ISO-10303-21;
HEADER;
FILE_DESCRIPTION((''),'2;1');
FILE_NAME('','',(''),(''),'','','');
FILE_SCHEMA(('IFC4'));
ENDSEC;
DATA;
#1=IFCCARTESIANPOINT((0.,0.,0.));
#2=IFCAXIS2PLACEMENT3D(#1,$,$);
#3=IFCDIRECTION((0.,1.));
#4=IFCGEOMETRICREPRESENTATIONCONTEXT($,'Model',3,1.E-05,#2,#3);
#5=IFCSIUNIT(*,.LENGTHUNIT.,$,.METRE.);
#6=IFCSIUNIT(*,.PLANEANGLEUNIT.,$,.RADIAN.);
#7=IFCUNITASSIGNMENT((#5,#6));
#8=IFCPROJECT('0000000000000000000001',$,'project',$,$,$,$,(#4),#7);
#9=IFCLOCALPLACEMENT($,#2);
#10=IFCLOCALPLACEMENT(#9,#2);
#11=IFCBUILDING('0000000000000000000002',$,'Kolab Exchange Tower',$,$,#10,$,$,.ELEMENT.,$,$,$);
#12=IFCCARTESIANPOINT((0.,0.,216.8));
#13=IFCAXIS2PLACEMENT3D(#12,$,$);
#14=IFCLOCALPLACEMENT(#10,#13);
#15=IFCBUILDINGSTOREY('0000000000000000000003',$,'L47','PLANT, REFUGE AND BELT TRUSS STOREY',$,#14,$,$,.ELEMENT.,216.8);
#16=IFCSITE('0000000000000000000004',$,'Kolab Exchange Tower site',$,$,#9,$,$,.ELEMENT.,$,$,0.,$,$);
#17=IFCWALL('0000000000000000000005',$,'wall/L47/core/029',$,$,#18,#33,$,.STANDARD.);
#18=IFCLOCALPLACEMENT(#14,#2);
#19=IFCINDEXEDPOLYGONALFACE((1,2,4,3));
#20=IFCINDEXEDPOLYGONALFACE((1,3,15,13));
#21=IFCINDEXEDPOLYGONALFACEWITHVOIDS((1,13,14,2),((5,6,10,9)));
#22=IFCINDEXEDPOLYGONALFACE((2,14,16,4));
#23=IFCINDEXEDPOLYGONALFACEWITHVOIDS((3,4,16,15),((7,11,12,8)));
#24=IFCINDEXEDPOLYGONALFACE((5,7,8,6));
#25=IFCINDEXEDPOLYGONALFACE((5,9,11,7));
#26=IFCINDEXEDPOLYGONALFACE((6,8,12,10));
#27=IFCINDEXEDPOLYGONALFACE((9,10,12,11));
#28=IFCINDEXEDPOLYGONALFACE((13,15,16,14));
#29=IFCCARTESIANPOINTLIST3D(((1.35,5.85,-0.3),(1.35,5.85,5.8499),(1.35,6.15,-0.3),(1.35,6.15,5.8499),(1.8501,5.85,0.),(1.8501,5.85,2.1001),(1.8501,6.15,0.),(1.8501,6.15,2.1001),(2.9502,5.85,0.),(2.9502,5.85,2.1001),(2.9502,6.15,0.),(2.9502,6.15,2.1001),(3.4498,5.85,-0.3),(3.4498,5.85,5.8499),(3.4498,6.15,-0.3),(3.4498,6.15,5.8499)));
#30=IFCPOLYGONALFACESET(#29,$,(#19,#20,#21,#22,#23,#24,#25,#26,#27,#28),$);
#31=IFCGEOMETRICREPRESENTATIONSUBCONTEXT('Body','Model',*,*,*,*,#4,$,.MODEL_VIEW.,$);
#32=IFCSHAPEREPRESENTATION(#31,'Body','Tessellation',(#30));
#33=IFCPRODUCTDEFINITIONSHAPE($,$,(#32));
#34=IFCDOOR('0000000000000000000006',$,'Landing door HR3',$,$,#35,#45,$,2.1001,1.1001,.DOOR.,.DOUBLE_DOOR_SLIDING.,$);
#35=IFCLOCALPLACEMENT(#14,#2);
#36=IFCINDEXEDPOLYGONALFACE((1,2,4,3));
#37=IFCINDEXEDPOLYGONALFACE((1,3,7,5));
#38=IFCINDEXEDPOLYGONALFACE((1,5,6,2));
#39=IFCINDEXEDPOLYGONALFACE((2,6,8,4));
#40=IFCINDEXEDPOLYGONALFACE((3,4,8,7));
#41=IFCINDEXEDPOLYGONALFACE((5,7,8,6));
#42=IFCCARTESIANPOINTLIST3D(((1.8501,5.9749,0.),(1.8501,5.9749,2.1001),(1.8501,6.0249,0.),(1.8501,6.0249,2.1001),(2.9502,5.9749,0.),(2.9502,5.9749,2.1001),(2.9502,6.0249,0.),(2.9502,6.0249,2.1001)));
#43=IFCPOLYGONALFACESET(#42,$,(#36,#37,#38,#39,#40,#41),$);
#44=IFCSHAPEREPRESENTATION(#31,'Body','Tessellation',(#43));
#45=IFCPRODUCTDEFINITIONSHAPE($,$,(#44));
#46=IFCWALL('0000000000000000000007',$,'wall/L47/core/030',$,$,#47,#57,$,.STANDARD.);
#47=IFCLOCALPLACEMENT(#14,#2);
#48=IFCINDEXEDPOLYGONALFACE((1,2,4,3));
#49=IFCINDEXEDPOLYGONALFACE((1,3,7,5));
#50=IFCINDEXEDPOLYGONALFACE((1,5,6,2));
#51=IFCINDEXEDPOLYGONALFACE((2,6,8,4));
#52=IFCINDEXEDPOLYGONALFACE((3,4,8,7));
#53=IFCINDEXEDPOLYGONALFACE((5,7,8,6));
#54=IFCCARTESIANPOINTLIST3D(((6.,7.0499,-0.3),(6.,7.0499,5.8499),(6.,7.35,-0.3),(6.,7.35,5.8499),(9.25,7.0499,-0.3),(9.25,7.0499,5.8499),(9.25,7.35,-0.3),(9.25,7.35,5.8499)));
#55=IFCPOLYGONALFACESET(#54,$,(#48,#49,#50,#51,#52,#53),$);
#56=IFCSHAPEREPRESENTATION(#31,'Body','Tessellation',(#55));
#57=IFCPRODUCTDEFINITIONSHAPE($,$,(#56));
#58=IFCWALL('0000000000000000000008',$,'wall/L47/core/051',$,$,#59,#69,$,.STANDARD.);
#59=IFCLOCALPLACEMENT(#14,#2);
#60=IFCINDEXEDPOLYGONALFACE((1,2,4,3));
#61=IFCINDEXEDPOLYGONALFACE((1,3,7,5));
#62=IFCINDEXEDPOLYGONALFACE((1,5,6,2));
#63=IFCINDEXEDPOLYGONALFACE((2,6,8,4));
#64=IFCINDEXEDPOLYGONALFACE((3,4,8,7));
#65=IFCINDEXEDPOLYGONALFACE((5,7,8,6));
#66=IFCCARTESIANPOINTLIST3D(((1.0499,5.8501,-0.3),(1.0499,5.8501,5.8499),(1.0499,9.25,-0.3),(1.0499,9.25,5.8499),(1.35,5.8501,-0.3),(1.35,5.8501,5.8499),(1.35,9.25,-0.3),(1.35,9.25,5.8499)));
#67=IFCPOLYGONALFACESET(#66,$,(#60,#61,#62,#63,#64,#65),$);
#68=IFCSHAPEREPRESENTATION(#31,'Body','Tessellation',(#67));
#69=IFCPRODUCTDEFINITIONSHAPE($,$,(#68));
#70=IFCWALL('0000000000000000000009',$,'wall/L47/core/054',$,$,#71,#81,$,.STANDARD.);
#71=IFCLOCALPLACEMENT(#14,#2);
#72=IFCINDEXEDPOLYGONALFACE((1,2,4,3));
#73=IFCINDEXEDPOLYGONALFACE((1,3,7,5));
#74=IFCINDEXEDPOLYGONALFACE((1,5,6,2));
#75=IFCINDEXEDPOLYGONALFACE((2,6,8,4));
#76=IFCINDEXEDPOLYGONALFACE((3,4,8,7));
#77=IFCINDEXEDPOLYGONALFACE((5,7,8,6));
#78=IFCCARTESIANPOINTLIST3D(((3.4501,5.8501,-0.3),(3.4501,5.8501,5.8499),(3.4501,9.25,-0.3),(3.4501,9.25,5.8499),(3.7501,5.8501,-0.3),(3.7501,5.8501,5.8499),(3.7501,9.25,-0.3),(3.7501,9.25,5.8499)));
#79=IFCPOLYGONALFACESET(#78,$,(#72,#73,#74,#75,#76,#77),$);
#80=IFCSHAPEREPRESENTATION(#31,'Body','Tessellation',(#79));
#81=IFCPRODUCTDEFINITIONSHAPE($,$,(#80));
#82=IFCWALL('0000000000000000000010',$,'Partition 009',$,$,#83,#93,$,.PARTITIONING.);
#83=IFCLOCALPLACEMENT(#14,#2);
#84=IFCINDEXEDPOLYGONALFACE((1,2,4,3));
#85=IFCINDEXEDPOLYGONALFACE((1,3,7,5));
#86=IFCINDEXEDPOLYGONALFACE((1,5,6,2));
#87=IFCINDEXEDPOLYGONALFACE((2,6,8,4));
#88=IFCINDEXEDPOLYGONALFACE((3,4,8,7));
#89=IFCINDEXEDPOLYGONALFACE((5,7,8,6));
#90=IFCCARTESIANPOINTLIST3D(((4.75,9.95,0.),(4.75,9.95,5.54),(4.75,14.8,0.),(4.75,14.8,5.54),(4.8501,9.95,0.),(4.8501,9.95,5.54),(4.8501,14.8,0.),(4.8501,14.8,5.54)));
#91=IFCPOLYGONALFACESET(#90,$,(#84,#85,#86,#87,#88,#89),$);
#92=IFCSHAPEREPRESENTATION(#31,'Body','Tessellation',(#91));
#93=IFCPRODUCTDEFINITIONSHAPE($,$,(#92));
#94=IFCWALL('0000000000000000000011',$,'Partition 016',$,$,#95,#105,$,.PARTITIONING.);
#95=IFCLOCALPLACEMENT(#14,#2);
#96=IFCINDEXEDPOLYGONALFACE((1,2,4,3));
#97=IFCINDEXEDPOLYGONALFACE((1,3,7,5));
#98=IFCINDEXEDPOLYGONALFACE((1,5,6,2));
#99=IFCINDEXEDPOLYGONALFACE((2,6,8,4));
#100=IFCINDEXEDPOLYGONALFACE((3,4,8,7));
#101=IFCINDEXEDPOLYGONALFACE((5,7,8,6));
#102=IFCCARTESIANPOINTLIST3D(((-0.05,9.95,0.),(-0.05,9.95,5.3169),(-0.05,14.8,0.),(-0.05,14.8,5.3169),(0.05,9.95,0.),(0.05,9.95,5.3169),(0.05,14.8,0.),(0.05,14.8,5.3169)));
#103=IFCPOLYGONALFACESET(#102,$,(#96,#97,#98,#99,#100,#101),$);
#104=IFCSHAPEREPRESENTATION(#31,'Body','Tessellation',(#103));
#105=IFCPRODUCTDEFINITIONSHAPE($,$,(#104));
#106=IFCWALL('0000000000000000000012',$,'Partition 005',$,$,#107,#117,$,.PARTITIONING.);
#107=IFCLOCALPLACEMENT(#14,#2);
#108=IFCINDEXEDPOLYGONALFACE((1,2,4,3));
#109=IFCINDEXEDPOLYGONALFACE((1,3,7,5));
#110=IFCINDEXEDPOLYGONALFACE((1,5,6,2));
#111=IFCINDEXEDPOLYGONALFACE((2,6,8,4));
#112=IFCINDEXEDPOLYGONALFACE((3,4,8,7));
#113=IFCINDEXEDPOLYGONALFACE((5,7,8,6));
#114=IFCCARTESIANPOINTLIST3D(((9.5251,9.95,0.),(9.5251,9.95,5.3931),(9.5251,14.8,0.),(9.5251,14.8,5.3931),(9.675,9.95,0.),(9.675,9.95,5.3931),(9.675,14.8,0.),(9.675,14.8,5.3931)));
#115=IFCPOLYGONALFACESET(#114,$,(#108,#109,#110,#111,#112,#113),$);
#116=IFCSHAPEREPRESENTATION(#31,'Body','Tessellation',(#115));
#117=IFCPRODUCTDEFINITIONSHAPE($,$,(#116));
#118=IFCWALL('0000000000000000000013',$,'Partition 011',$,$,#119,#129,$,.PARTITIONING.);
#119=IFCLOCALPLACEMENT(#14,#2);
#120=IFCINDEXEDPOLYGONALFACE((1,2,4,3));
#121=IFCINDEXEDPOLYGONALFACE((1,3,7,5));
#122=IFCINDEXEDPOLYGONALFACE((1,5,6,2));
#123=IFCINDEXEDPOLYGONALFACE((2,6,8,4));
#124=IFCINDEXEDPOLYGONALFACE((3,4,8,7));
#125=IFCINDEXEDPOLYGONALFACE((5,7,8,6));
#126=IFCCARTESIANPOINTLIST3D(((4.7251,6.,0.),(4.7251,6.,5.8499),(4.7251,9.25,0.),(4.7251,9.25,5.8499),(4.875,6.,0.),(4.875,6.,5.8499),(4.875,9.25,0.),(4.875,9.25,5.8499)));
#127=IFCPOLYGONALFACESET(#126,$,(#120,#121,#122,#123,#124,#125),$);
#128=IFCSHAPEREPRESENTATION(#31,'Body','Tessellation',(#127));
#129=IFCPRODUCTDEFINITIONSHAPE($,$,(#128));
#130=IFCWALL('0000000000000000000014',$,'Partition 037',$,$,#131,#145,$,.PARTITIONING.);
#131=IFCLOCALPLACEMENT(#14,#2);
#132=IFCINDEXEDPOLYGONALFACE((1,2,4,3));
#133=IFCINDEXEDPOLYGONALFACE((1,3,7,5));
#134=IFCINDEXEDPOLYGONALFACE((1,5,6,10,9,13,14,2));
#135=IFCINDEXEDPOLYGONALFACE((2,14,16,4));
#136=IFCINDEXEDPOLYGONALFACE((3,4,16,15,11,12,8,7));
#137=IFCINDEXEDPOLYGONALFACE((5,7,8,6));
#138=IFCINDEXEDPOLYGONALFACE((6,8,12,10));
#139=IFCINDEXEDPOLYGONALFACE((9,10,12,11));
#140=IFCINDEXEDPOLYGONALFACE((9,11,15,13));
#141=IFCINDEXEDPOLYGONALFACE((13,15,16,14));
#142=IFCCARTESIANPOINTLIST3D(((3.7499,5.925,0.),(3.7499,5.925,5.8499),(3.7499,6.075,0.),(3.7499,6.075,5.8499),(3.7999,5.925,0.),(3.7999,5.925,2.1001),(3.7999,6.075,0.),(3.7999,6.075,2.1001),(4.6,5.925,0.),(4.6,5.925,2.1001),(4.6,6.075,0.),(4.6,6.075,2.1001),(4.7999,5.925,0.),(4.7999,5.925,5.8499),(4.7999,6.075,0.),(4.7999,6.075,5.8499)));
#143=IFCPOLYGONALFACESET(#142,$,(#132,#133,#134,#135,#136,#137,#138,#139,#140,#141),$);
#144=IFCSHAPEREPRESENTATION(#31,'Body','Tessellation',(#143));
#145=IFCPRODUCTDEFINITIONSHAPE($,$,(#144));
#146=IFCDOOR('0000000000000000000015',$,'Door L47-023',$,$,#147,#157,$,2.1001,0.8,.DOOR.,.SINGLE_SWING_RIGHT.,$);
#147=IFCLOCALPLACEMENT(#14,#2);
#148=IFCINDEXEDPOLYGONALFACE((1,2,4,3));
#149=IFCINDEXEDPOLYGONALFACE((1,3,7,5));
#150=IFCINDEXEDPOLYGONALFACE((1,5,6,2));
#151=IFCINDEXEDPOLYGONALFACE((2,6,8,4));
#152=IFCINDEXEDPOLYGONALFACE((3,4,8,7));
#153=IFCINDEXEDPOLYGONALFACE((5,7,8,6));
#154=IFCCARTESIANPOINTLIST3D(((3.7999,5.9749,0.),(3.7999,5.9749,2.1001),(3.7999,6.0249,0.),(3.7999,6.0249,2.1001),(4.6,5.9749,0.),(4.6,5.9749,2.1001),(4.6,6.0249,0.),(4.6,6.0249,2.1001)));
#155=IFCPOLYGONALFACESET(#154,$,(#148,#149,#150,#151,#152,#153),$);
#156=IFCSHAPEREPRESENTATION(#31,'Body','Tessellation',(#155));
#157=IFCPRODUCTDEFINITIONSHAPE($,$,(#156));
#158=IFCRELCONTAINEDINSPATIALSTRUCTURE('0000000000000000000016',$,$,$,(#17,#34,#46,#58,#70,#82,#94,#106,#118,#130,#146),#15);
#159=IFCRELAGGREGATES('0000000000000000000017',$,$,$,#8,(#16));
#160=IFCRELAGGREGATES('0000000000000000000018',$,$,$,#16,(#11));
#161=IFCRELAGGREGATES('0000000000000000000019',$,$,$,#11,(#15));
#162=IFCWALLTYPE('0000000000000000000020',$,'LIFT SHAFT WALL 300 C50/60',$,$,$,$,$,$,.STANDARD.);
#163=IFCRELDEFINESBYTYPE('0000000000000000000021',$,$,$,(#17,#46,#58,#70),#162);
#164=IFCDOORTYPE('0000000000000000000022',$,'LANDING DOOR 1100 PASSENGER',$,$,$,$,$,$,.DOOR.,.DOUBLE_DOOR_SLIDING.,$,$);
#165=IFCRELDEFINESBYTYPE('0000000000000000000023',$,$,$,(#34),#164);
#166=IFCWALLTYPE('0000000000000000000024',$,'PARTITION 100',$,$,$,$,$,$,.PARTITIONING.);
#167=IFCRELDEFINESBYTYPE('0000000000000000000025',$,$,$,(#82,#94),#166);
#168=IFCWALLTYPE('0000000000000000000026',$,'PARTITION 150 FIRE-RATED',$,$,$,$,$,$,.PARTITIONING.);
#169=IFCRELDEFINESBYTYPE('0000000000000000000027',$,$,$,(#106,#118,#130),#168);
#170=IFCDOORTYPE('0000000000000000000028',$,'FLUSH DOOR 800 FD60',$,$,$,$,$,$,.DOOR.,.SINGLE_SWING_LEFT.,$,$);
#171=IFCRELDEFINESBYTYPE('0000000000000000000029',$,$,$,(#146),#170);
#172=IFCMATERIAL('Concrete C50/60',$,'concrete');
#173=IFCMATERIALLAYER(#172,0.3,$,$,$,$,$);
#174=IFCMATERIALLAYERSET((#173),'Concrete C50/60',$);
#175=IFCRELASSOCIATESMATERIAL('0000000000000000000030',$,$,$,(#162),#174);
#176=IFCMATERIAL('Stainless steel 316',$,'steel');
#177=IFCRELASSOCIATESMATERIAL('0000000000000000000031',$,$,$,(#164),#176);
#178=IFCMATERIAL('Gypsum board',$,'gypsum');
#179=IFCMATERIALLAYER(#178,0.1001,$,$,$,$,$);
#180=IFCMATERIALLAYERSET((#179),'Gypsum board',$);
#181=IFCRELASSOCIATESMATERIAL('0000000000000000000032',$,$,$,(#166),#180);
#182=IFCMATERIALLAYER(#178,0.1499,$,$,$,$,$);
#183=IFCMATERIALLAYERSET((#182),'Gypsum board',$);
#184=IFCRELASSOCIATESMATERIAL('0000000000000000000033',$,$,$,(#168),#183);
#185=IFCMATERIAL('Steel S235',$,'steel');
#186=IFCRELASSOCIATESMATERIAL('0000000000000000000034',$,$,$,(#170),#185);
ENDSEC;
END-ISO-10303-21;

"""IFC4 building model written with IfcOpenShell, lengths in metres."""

from ifc_helpers import new_model, si_unit, direction, frame, frame_2d, origin, place, context, subcontext, project, spatial, rectangle, extrude, material, layer, layer_set, type_object, element, fill, save


model = new_model("IFC4")

# Units and contexts
model_context = context("Model", 3, precision=1e-05, world=origin(), true_north=direction((0.0, 1.0)))
body_context = subcontext(model_context, "Body", "Model", "MODEL_VIEW")
ifc_project = project(units=[si_unit("LENGTHUNIT", "METRE"), si_unit("PLANEANGLEUNIT", "RADIAN")], contexts=[model_context])

# Site, building, storey
site_placement = place(None, origin())
site = spatial("IfcSite", under=ifc_project, at=site_placement, Name="Kolab Exchange Tower site", CompositionType="ELEMENT", RefElevation=0.0)
building_placement = place(site_placement, origin())
building = spatial("IfcBuilding", under=site, at=building_placement, Name="Kolab Exchange Tower", CompositionType="ELEMENT")
storey_placement = place(building_placement, frame((0.0, 0.0, 216.8)))
storey = spatial("IfcBuildingStorey", under=building, at=storey_placement, Name="L47", Description="PLANT, REFUGE AND BELT TRUSS STOREY", CompositionType="ELEMENT", Elevation=216.8)

# Shared definitions
ifc_material_1 = material(Name="Concrete C50/60", Category="concrete")
ifc_layer_1 = layer(ifc_material_1, 0.3)
ifc_layer_set_1 = layer_set([ifc_layer_1], Name="Concrete C50/60")
wall_type_1 = type_object("IfcWallType", Name="LIFT SHAFT WALL 300 C50/60", PredefinedType="STANDARD", material=ifc_layer_set_1)

# Wall, opening, door
wall_1_placement = place(storey_placement, frame((1.3501, 6.0, -0.3), z_axis=(0.0, 0.0, 1.0), x_axis=(1.0, 0.0, 0.0)))
wall_1 = element("IfcWall", 1, at=wall_1_placement, inside=storey, type_object=wall_type_1, Name="wall/L47/core/029", PredefinedType="STANDARD", context=body_context, shape_type="SweptSolid", body=[
    extrude(rectangle(XDim=2.0999, YDim=0.3, at=frame_2d((1.0498, 0.0))), origin(), (0.0, 0.0, 1.0), 6.1499),
])
opening_1_placement = place(wall_1_placement, frame((0.5, 0.0, 0.3)))
opening_1 = element("IfcOpeningElement", 2, at=opening_1_placement, cuts=wall_1, PredefinedType="OPENING", context=body_context, shape_type="SweptSolid", body=[
    extrude(rectangle(XDim=1.1001, YDim=2.1001, at=frame_2d((0.55, 1.05))), frame((0.0, 0.1602, 0.0), z_axis=(0.0, -1.0, 0.0), x_axis=(1.0, 0.0, 0.0)), (0.0, 0.0, 1.0), 0.3201),
])
ifc_material_2 = material(Name="Stainless steel 316", Category="steel")
door_type_1 = type_object("IfcDoorType", Name="LANDING DOOR 1100 PASSENGER", OperationType="DOUBLE_DOOR_SLIDING", PredefinedType="DOOR", material=ifc_material_2)
door_1_placement = place(opening_1_placement, origin())
door_1 = element("IfcDoor", 3, at=door_1_placement, inside=storey, type_object=door_type_1, Name="Landing door HR3", OperationType="DOUBLE_DOOR_SLIDING", OverallHeight=2.1001, OverallWidth=1.1001, PredefinedType="DOOR", context=body_context, shape_type="SweptSolid", body=[
    extrude(rectangle(XDim=1.1001, YDim=2.1001, at=frame_2d((0.55, 1.05))), frame((0.0, 0.0249, 0.0), z_axis=(0.0, -1.0, 0.0), x_axis=(1.0, 0.0, 0.0)), (0.0, 0.0, 1.0), 0.05),
])
fill(opening_1, door_1)

# Walls
wall_2_placement = place(storey_placement, frame((6.0, 7.2, -0.3), z_axis=(0.0, 0.0, 1.0), x_axis=(1.0, 0.0, 0.0)))
element("IfcWall", 4, at=wall_2_placement, inside=storey, type_object=wall_type_1, Name="wall/L47/core/030", PredefinedType="STANDARD", context=body_context, shape_type="SweptSolid", body=[
    extrude(rectangle(XDim=3.25, YDim=0.3, at=frame_2d((1.625, 0.0))), origin(), (0.0, 0.0, 1.0), 6.1499),
])
for number, where, z_axis, x_axis, name in (
    (5, (1.2, 5.8501, -0.3), (0.0, 0.0, 1.0), (0.0, 1.0, 0.0), "wall/L47/core/051"),
    (6, (3.6001, 5.8501, -0.3), (0.0, 0.0, 1.0), (0.0, 1.0, 0.0), "wall/L47/core/054"),
):
    element("IfcWall", number, at=place(storey_placement, frame(where, z_axis=z_axis, x_axis=x_axis)), inside=storey, type_object=wall_type_1, Name=name, PredefinedType="STANDARD", context=body_context, shape_type="SweptSolid", body=[
        extrude(rectangle(XDim=3.3999, YDim=0.3, at=frame_2d((1.7, 0.0))), origin(), (0.0, 0.0, 1.0), 6.1499),
    ])
ifc_material_3 = material(Name="Gypsum board", Category="gypsum")
ifc_layer_2 = layer(ifc_material_3, 0.1001)
ifc_layer_set_2 = layer_set([ifc_layer_2], Name="Gypsum board")
wall_type_2 = type_object("IfcWallType", Name="PARTITION 100", PredefinedType="PARTITIONING", material=ifc_layer_set_2)
wall_3_placement = place(storey_placement, frame((4.8, 9.95, 0.0), z_axis=(0.0, 0.0, 1.0), x_axis=(0.0, 1.0, 0.0)))
element("IfcWall", 7, at=wall_3_placement, inside=storey, type_object=wall_type_2, Name="Partition 009", PredefinedType="PARTITIONING", context=body_context, shape_type="SweptSolid", body=[
    extrude(rectangle(XDim=4.8501, YDim=0.1001, at=frame_2d((2.425, 0.0))), origin(), (0.0, 0.0, 1.0), 5.54),
])
wall_4_placement = place(storey_placement, frame((0.0, 9.95, 0.0), z_axis=(0.0, 0.0, 1.0), x_axis=(0.0, 1.0, 0.0)))
element("IfcWall", 8, at=wall_4_placement, inside=storey, type_object=wall_type_2, Name="Partition 016", PredefinedType="PARTITIONING", context=body_context, shape_type="SweptSolid", body=[
    extrude(rectangle(XDim=4.8501, YDim=0.1001, at=frame_2d((2.425, 0.0))), origin(), (0.0, 0.0, 1.0), 5.3169),
])
ifc_layer_3 = layer(ifc_material_3, 0.1499)
ifc_layer_set_3 = layer_set([ifc_layer_3], Name="Gypsum board")
wall_type_3 = type_object("IfcWallType", Name="PARTITION 150 FIRE-RATED", PredefinedType="PARTITIONING", material=ifc_layer_set_3)
wall_5_placement = place(storey_placement, frame((9.6001, 9.95, 0.0), z_axis=(0.0, 0.0, 1.0), x_axis=(0.0, 1.0, 0.0)))
element("IfcWall", 9, at=wall_5_placement, inside=storey, type_object=wall_type_3, Name="Partition 005", PredefinedType="PARTITIONING", context=body_context, shape_type="SweptSolid", body=[
    extrude(rectangle(XDim=4.8501, YDim=0.1499, at=frame_2d((2.425, 0.0))), origin(), (0.0, 0.0, 1.0), 5.3931),
])
wall_6_placement = place(storey_placement, frame((4.8, 6.0, 0.0), z_axis=(0.0, 0.0, 1.0), x_axis=(0.0, 1.0, 0.0)))
element("IfcWall", 10, at=wall_6_placement, inside=storey, type_object=wall_type_3, Name="Partition 011", PredefinedType="PARTITIONING", context=body_context, shape_type="SweptSolid", body=[
    extrude(rectangle(XDim=3.25, YDim=0.1499, at=frame_2d((1.625, 0.0))), origin(), (0.0, 0.0, 1.0), 5.8499),
])

# Wall, opening, door
wall_7_placement = place(storey_placement, frame((3.75, 6.0, 0.0), z_axis=(0.0, 0.0, 1.0), x_axis=(1.0, 0.0, 0.0)))
wall_7 = element("IfcWall", 11, at=wall_7_placement, inside=storey, type_object=wall_type_3, Name="Partition 037", PredefinedType="PARTITIONING", context=body_context, shape_type="SweptSolid", body=[
    extrude(rectangle(XDim=1.05, YDim=0.1499, at=frame_2d((0.5249, 0.0))), origin(), (0.0, 0.0, 1.0), 5.8499),
])
opening_2_placement = place(wall_7_placement, frame((0.05, 0.0, 0.0)))
opening_2 = element("IfcOpeningElement", 12, at=opening_2_placement, cuts=wall_7, PredefinedType="OPENING", context=body_context, shape_type="SweptSolid", body=[
    extrude(rectangle(XDim=0.8, YDim=2.1001, at=frame_2d((0.3999, 1.05))), frame((0.0, 0.085, 0.0), z_axis=(0.0, -1.0, 0.0), x_axis=(1.0, 0.0, 0.0)), (0.0, 0.0, 1.0), 0.1699),
])
ifc_material_4 = material(Name="Steel S235", Category="steel")
door_type_2 = type_object("IfcDoorType", Name="FLUSH DOOR 800 FD60", OperationType="SINGLE_SWING_LEFT", PredefinedType="DOOR", material=ifc_material_4)
door_2_placement = place(opening_2_placement, origin())
door_2 = element("IfcDoor", 13, at=door_2_placement, inside=storey, type_object=door_type_2, Name="Door L47-023", OperationType="SINGLE_SWING_RIGHT", OverallHeight=2.1001, OverallWidth=0.8, PredefinedType="DOOR", context=body_context, shape_type="SweptSolid", body=[
    extrude(rectangle(XDim=0.8, YDim=2.1001, at=frame_2d((0.3999, 1.05))), frame((0.0, 0.0249, 0.0), z_axis=(0.0, -1.0, 0.0), x_axis=(1.0, 0.0, 0.0)), (0.0, 0.0, 1.0), 0.05),
])
fill(opening_2, door_2)

save(model, "model.ifc")
